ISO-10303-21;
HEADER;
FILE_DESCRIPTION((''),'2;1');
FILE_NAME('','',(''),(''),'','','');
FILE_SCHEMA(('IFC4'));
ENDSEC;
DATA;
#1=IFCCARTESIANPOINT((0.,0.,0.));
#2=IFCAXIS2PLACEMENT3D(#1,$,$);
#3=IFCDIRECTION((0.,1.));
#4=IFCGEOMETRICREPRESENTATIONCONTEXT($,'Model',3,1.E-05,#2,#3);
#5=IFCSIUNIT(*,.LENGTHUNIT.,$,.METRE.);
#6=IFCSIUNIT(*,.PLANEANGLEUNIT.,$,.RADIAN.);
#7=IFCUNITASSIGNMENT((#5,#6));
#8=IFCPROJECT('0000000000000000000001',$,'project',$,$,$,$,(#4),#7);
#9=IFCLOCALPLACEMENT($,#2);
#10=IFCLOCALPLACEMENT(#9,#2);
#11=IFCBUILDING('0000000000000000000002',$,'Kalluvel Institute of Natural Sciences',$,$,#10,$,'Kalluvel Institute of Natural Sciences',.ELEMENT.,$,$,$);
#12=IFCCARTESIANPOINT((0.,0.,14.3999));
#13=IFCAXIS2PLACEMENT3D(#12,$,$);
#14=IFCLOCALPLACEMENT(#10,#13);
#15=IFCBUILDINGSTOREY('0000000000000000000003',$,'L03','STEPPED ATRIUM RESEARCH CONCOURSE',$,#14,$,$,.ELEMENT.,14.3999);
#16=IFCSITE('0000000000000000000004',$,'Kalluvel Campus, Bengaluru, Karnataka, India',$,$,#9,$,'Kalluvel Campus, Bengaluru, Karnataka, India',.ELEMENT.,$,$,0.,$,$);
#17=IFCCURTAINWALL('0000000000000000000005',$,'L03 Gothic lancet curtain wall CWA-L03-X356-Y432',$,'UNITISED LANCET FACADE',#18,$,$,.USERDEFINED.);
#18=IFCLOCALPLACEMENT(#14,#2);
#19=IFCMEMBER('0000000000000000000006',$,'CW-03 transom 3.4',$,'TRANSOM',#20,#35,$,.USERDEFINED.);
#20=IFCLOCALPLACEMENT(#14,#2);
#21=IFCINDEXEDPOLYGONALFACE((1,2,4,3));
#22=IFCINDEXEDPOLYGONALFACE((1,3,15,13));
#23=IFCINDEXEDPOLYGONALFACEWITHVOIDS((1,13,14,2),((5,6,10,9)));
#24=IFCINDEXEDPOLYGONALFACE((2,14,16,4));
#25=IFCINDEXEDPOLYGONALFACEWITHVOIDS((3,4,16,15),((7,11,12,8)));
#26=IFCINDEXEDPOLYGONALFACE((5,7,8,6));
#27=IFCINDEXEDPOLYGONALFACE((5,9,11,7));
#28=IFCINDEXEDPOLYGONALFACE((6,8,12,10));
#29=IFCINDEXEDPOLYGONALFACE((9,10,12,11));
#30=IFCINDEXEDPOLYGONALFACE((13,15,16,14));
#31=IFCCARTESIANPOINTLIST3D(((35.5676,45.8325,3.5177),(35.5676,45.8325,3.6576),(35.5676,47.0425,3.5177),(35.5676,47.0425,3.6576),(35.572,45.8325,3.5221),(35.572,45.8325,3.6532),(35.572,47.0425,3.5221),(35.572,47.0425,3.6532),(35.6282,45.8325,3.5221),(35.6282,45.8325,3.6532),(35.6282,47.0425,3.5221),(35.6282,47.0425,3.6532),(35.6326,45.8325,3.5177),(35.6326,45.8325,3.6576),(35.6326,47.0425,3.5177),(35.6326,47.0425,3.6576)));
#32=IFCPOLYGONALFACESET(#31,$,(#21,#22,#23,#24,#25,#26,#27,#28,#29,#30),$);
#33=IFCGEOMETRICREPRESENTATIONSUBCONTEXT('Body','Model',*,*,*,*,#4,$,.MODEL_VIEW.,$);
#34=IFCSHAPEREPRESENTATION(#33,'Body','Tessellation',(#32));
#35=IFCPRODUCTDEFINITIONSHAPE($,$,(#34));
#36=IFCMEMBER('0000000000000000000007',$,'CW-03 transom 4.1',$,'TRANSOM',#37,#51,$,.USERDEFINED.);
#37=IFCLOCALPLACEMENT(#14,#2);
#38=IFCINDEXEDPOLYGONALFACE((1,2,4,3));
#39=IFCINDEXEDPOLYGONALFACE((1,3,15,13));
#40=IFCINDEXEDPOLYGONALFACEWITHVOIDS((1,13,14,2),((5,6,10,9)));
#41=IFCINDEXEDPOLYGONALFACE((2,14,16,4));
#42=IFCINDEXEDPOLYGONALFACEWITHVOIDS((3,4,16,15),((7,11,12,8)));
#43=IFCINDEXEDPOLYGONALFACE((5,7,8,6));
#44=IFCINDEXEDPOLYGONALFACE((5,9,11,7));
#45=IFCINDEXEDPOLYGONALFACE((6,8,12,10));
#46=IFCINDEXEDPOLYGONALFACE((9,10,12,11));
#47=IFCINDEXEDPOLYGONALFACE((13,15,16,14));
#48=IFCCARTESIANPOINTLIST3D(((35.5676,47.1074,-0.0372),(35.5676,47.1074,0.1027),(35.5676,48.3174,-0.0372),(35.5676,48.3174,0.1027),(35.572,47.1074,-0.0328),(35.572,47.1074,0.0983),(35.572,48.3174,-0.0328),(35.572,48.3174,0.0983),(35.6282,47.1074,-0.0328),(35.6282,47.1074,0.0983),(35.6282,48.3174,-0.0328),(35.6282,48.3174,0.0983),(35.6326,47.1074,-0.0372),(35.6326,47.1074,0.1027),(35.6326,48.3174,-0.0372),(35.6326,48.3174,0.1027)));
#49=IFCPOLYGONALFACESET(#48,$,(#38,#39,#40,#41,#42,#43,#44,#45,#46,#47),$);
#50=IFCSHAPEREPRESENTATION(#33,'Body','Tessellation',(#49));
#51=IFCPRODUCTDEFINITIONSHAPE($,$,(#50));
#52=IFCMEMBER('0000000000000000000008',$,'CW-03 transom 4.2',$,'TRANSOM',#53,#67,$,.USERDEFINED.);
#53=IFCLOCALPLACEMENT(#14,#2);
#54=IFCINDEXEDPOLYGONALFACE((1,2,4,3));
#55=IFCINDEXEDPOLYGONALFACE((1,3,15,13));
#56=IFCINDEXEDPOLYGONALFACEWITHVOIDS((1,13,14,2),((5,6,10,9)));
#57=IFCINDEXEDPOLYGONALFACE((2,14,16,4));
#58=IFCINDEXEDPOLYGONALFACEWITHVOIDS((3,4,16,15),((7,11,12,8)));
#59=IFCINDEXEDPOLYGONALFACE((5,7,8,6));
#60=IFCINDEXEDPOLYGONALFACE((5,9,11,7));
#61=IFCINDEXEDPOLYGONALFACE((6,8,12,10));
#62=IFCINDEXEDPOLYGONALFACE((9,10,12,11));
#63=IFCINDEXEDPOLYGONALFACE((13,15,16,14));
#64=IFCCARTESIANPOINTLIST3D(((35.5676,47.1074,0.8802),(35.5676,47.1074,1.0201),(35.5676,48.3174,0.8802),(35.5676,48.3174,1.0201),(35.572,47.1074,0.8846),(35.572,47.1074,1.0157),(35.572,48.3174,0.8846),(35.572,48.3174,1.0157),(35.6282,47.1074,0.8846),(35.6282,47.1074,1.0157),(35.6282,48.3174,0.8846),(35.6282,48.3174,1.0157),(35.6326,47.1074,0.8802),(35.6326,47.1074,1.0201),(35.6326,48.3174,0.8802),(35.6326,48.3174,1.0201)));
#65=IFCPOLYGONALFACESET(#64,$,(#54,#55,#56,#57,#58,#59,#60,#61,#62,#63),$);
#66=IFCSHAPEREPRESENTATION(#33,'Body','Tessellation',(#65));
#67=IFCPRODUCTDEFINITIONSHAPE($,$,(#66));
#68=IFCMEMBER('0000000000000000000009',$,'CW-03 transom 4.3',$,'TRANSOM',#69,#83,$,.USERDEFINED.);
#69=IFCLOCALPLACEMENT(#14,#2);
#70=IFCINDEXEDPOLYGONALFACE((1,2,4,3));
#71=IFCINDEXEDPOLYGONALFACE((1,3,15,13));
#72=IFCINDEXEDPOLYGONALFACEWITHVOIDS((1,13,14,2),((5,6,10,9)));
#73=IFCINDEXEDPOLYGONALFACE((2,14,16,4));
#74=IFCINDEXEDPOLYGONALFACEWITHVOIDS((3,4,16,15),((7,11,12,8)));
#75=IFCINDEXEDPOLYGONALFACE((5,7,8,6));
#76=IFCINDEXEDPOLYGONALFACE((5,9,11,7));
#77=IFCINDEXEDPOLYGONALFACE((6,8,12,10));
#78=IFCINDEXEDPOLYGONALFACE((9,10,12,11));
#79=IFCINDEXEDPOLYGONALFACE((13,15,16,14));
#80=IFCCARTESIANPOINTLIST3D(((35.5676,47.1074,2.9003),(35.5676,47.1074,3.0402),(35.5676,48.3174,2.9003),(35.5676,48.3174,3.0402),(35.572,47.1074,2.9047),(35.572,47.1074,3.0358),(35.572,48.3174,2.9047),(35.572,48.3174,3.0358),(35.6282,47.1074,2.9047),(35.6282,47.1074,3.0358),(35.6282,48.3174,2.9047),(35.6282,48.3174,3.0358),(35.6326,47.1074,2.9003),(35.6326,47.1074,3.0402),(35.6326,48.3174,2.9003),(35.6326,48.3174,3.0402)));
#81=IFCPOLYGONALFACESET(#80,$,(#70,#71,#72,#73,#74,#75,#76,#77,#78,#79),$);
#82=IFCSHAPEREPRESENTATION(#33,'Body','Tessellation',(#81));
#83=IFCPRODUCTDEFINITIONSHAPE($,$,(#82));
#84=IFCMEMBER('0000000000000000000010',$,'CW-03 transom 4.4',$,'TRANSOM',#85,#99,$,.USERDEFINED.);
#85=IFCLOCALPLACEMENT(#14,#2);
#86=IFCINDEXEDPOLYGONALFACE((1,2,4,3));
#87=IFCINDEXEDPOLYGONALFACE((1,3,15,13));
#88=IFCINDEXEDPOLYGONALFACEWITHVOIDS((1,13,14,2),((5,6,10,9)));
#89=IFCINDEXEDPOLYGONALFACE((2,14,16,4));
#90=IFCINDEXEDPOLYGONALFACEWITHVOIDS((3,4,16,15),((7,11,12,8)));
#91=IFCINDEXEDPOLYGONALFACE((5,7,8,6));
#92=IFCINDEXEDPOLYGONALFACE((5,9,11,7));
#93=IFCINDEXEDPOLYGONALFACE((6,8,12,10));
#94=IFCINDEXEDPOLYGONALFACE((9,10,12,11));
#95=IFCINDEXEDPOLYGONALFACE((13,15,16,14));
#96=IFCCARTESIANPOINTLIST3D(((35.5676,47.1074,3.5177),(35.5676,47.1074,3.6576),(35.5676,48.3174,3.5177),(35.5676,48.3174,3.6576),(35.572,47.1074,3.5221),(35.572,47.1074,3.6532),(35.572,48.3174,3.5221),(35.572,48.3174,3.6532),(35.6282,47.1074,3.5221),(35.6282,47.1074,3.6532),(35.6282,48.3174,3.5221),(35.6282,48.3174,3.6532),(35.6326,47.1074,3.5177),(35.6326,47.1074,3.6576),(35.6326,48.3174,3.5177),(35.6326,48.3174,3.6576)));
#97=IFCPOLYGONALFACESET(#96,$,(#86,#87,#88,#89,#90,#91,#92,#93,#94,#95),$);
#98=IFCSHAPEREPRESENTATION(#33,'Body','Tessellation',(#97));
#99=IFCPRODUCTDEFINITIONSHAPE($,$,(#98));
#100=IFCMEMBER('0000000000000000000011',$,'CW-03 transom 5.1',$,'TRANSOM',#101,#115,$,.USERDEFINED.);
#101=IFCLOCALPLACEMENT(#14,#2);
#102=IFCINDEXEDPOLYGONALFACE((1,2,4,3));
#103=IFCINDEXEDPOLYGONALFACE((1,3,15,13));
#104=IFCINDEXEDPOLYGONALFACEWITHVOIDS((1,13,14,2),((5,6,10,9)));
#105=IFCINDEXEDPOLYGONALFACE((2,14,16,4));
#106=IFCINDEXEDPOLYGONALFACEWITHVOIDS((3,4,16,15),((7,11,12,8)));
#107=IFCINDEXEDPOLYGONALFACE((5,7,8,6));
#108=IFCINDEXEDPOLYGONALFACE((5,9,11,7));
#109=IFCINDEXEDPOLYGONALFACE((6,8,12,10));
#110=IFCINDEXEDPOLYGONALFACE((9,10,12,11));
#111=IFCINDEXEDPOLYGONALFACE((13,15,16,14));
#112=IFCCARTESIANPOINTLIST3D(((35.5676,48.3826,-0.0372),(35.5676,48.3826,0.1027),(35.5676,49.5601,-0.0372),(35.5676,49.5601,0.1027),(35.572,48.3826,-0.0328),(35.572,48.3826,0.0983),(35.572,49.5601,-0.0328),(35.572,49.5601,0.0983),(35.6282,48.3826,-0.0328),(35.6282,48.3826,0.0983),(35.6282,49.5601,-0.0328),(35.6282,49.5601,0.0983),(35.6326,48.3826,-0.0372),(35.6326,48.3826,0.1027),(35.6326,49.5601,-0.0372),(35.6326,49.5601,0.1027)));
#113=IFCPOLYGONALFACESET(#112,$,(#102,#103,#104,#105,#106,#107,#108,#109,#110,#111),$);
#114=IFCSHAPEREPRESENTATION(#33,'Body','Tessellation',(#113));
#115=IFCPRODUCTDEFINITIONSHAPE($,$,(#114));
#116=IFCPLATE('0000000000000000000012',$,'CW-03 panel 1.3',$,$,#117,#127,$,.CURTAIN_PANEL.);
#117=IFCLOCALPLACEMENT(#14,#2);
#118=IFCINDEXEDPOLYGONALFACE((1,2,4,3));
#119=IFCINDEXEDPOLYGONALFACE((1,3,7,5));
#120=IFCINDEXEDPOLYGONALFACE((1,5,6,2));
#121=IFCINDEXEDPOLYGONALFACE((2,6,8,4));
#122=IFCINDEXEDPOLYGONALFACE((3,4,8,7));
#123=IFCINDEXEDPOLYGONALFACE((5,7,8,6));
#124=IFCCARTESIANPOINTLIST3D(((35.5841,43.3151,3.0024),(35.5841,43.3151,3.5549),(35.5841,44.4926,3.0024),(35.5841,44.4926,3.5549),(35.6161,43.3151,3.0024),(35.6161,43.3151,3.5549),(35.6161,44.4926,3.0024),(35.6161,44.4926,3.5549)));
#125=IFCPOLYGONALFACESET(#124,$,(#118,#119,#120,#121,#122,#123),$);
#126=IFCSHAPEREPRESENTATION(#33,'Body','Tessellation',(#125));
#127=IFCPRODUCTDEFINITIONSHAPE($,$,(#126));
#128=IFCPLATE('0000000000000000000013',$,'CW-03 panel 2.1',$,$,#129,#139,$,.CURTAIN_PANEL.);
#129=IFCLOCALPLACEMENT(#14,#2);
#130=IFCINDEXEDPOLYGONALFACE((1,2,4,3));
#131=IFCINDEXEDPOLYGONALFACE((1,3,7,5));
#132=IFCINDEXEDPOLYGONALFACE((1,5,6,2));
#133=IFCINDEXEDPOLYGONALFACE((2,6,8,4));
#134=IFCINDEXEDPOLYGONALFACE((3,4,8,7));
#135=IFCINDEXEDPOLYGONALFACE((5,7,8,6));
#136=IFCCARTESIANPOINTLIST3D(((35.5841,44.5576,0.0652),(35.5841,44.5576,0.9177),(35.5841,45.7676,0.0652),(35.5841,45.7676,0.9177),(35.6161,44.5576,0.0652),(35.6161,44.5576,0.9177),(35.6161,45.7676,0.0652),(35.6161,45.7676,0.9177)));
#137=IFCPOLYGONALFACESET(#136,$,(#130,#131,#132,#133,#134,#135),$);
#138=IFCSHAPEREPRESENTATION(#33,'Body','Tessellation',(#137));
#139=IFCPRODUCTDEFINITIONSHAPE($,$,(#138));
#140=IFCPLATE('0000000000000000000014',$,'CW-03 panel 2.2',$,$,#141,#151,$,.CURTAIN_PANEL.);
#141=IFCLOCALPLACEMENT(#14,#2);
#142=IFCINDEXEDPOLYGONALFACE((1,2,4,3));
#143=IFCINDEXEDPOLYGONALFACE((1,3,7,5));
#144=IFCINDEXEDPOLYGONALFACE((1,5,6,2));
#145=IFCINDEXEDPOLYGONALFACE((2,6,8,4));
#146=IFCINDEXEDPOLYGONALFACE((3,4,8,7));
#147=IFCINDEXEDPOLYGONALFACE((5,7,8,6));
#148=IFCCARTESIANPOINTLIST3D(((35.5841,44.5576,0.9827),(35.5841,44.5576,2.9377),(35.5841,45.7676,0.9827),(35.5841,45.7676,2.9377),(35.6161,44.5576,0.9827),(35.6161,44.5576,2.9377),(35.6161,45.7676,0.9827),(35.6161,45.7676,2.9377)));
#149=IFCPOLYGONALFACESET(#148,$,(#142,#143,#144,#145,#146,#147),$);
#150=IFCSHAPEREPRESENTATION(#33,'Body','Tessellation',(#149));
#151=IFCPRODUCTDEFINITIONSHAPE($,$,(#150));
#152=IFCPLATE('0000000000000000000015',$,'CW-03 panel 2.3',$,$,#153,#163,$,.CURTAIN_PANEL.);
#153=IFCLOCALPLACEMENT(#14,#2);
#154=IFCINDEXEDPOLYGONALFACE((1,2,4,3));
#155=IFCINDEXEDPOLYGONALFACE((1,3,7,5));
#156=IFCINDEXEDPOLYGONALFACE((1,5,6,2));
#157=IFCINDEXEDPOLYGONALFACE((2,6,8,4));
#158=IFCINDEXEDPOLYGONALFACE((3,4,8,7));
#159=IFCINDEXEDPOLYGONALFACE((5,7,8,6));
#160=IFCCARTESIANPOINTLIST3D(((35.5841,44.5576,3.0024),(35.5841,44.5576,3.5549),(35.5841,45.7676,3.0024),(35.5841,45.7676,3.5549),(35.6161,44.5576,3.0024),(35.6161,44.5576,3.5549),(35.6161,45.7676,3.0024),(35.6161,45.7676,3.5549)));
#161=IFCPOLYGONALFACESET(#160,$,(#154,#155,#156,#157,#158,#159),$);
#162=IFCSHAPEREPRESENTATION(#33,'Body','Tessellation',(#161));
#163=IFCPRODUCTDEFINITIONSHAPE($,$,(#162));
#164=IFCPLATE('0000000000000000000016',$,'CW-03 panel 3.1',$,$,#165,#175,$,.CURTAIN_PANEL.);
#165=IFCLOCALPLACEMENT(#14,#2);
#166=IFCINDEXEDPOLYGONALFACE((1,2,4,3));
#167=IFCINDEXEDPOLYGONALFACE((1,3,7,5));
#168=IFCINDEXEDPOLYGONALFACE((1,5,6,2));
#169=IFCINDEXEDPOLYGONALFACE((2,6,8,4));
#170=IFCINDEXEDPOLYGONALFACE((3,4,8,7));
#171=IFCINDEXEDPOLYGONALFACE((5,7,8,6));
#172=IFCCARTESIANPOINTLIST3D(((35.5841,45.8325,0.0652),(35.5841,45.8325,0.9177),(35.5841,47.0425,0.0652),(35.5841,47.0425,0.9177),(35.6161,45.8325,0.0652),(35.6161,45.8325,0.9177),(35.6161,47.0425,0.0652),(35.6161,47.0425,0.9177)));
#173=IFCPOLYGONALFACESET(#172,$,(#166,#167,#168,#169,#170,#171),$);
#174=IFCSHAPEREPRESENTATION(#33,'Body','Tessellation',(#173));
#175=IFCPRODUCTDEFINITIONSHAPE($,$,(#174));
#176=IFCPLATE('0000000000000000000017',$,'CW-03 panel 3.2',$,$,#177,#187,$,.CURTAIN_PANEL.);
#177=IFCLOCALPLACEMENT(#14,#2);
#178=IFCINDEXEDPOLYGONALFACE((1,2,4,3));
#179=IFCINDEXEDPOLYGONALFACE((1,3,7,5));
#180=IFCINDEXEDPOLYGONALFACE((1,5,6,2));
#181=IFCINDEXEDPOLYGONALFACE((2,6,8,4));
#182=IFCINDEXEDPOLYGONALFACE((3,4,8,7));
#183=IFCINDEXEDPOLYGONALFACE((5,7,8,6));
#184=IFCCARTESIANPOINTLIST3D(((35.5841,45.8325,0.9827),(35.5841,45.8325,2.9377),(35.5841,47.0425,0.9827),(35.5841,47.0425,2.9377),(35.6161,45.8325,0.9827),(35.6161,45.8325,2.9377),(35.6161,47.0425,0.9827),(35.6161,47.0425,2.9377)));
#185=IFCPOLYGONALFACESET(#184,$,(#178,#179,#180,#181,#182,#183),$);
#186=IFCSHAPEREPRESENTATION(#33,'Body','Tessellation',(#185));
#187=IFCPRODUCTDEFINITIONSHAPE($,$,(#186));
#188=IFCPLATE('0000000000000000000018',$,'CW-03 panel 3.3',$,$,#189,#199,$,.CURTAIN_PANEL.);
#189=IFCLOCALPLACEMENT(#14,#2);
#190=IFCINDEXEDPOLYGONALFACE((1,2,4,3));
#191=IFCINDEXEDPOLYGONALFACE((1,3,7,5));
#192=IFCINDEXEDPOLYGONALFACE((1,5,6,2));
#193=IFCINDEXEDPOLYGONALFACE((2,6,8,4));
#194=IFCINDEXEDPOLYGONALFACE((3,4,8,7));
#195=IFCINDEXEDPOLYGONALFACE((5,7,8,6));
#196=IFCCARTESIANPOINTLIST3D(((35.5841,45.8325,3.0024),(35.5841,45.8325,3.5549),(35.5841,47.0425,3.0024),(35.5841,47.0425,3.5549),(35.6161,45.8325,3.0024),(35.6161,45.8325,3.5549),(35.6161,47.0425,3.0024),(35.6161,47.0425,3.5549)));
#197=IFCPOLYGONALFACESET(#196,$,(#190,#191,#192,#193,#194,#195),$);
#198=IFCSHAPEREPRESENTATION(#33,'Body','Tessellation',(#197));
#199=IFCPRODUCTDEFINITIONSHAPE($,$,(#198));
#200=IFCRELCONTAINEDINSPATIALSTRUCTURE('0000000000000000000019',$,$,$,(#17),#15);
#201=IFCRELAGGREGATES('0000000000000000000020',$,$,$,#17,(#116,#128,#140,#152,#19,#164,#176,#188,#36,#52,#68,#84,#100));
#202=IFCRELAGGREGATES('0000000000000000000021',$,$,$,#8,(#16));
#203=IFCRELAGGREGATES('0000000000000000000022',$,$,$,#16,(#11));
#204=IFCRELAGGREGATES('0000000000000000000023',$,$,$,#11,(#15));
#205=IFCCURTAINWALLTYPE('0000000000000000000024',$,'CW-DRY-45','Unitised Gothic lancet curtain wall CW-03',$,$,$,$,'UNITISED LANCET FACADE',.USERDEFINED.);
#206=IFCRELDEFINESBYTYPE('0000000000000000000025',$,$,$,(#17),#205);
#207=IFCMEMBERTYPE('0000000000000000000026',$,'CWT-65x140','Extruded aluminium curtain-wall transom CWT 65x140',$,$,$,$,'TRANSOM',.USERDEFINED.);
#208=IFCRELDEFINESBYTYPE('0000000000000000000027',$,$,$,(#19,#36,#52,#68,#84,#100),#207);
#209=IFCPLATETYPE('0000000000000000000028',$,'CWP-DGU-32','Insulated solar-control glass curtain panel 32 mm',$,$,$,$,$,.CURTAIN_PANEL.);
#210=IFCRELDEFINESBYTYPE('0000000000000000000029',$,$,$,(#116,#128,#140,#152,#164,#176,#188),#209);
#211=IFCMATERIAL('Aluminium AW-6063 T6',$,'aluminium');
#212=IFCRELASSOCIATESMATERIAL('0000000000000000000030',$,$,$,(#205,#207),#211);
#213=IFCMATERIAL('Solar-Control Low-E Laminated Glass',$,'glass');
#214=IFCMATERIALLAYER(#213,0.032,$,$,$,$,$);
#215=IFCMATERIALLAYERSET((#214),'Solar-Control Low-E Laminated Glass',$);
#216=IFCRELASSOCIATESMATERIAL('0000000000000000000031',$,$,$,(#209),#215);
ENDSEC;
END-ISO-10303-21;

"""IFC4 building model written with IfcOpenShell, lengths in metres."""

from ifc_helpers import new_model, si_unit, direction, frame, origin, origin_2d, place, context, subcontext, project, spatial, rectangle, hollow_rectangle, extrude, material, layer, layer_set, material_profile, profile_set, type_object, element, aggregate, save


model = new_model("IFC4")

# Units and contexts
model_context = context("Model", 3, precision=1e-05, world=origin(), true_north=direction((0.0, 1.0)))
body_context = subcontext(model_context, "Body", "Model", "MODEL_VIEW")
ifc_project = project(units=[si_unit("LENGTHUNIT", "METRE"), si_unit("PLANEANGLEUNIT", "RADIAN")], contexts=[model_context])

# Site, building, storey
site_placement = place(None, origin())
site = spatial("IfcSite", under=ifc_project, at=site_placement, Name="Kalluvel Campus, Bengaluru, Karnataka, India", LongName="Kalluvel Campus, Bengaluru, Karnataka, India", CompositionType="ELEMENT", RefElevation=0.0)
building_placement = place(site_placement, origin())
building = spatial("IfcBuilding", under=site, at=building_placement, Name="Kalluvel Institute of Natural Sciences", LongName="Kalluvel Institute of Natural Sciences", CompositionType="ELEMENT")
storey_placement = place(building_placement, frame((0.0, 0.0, 14.3999)))
storey = spatial("IfcBuildingStorey", under=building, at=storey_placement, Name="L03", Description="STEPPED ATRIUM RESEARCH CONCOURSE", CompositionType="ELEMENT", Elevation=14.3999)

# Curtain wall, members, plates
ifc_material_1 = material(Name="Aluminium AW-6063 T6", Category="aluminium")
curtain_wall_type = type_object("IfcCurtainWallType", Name="CW-DRY-45", Description="Unitised Gothic lancet curtain wall CW-03", ElementType="UNITISED LANCET FACADE", PredefinedType="USERDEFINED", material=ifc_material_1)
curtain_wall_placement = place(storey_placement, origin())
curtain_wall = element("IfcCurtainWall", 1, at=curtain_wall_placement, inside=storey, type_object=curtain_wall_type, Name="L03 Gothic lancet curtain wall CWA-L03-X356-Y432", ObjectType="UNITISED LANCET FACADE", PredefinedType="USERDEFINED")
ifc_material_profile_1 = material_profile(ifc_material_1, hollow_rectangle(XDim=0.0649, YDim=0.1399, WallThickness=0.0044, at=origin_2d()), Name="CWT 65x140")
ifc_profile_set_1 = profile_set([ifc_material_profile_1], Name="Aluminium AW-6063 T6")
member_type_1 = type_object("IfcMemberType", Name="CWT-65x140", Description="Extruded aluminium curtain-wall transom CWT 65x140", ElementType="TRANSOM", PredefinedType="USERDEFINED", material=ifc_profile_set_1)
member_1_placement = place(storey_placement, frame((35.6001, 45.8325, 3.5876), z_axis=(0.0, 1.0, 0.0), x_axis=(-1.0, 0.0, 0.0)))
member_1 = element("IfcMember", 2, at=member_1_placement, type_object=member_type_1, Name="CW-03 transom 3.4", ObjectType="TRANSOM", PredefinedType="USERDEFINED", context=body_context, shape_type="SweptSolid", body=[
    extrude(hollow_rectangle(XDim=0.0649, YDim=0.1399, WallThickness=0.0044, at=origin_2d()), origin(), (0.0, 0.0, 1.0), 1.21),
])
member_2_placement = place(storey_placement, frame((35.6001, 47.1074, 0.0327), z_axis=(0.0, 1.0, 0.0), x_axis=(-1.0, 0.0, 0.0)))
member_2 = element("IfcMember", 3, at=member_2_placement, type_object=member_type_1, Name="CW-03 transom 4.1", ObjectType="TRANSOM", PredefinedType="USERDEFINED", context=body_context, shape_type="SweptSolid", body=[
    extrude(hollow_rectangle(XDim=0.0649, YDim=0.1399, WallThickness=0.0044, at=origin_2d()), origin(), (0.0, 0.0, 1.0), 1.21),
])
member_3_placement = place(storey_placement, frame((35.6001, 47.1074, 0.9502), z_axis=(0.0, 1.0, 0.0), x_axis=(-1.0, 0.0, 0.0)))
member_3 = element("IfcMember", 4, at=member_3_placement, type_object=member_type_1, Name="CW-03 transom 4.2", ObjectType="TRANSOM", PredefinedType="USERDEFINED", context=body_context, shape_type="SweptSolid", body=[
    extrude(hollow_rectangle(XDim=0.0649, YDim=0.1399, WallThickness=0.0044, at=origin_2d()), origin(), (0.0, 0.0, 1.0), 1.21),
])
member_4_placement = place(storey_placement, frame((35.6001, 47.1074, 2.9702), z_axis=(0.0, 1.0, 0.0), x_axis=(-1.0, 0.0, 0.0)))
member_4 = element("IfcMember", 5, at=member_4_placement, type_object=member_type_1, Name="CW-03 transom 4.3", ObjectType="TRANSOM", PredefinedType="USERDEFINED", context=body_context, shape_type="SweptSolid", body=[
    extrude(hollow_rectangle(XDim=0.0649, YDim=0.1399, WallThickness=0.0044, at=origin_2d()), origin(), (0.0, 0.0, 1.0), 1.21),
])
member_5_placement = place(storey_placement, frame((35.6001, 47.1074, 3.5876), z_axis=(0.0, 1.0, 0.0), x_axis=(-1.0, 0.0, 0.0)))
member_5 = element("IfcMember", 6, at=member_5_placement, type_object=member_type_1, Name="CW-03 transom 4.4", ObjectType="TRANSOM", PredefinedType="USERDEFINED", context=body_context, shape_type="SweptSolid", body=[
    extrude(hollow_rectangle(XDim=0.0649, YDim=0.1399, WallThickness=0.0044, at=origin_2d()), origin(), (0.0, 0.0, 1.0), 1.21),
])
member_6_placement = place(storey_placement, frame((35.6001, 48.3826, 0.0327), z_axis=(0.0, 1.0, 0.0), x_axis=(-1.0, 0.0, 0.0)))
member_6 = element("IfcMember", 7, at=member_6_placement, type_object=member_type_1, Name="CW-03 transom 5.1", ObjectType="TRANSOM", PredefinedType="USERDEFINED", context=body_context, shape_type="SweptSolid", body=[
    extrude(hollow_rectangle(XDim=0.0649, YDim=0.1399, WallThickness=0.0044, at=origin_2d()), origin(), (0.0, 0.0, 1.0), 1.1775),
])
ifc_material_2 = material(Name="Solar-Control Low-E Laminated Glass", Category="glass")
ifc_layer = layer(ifc_material_2, 0.032)
ifc_layer_set = layer_set([ifc_layer], Name="Solar-Control Low-E Laminated Glass")
plate_type = type_object("IfcPlateType", Name="CWP-DGU-32", Description="Insulated solar-control glass curtain panel 32 mm", PredefinedType="CURTAIN_PANEL", material=ifc_layer_set)
plate_1_placement = place(storey_placement, frame((35.6001, 43.9038, 3.0024), z_axis=(0.0, 0.0, 1.0), x_axis=(0.0, 1.0, 0.0)))
plate_1 = element("IfcPlate", 8, at=plate_1_placement, type_object=plate_type, Name="CW-03 panel 1.3", PredefinedType="CURTAIN_PANEL", context=body_context, shape_type="SweptSolid", body=[
    extrude(rectangle(XDim=1.1775, YDim=0.032, at=origin_2d()), origin(), (0.0, 0.0, 1.0), 0.5525),
])
plate_2_placement = place(storey_placement, frame((35.6001, 45.1626, 0.0652), z_axis=(0.0, 0.0, 1.0), x_axis=(0.0, 1.0, 0.0)))
plate_2 = element("IfcPlate", 9, at=plate_2_placement, type_object=plate_type, Name="CW-03 panel 2.1", PredefinedType="CURTAIN_PANEL", context=body_context, shape_type="SweptSolid", body=[
    extrude(rectangle(XDim=1.21, YDim=0.032, at=origin_2d()), origin(), (0.0, 0.0, 1.0), 0.8525),
])
plate_3_placement = place(storey_placement, frame((35.6001, 45.1626, 0.9827), z_axis=(0.0, 0.0, 1.0), x_axis=(0.0, 1.0, 0.0)))
plate_3 = element("IfcPlate", 10, at=plate_3_placement, type_object=plate_type, Name="CW-03 panel 2.2", PredefinedType="CURTAIN_PANEL", context=body_context, shape_type="SweptSolid", body=[
    extrude(rectangle(XDim=1.21, YDim=0.032, at=origin_2d()), origin(), (0.0, 0.0, 1.0), 1.9551),
])
plate_4_placement = place(storey_placement, frame((35.6001, 45.1626, 3.0024), z_axis=(0.0, 0.0, 1.0), x_axis=(0.0, 1.0, 0.0)))
plate_4 = element("IfcPlate", 11, at=plate_4_placement, type_object=plate_type, Name="CW-03 panel 2.3", PredefinedType="CURTAIN_PANEL", context=body_context, shape_type="SweptSolid", body=[
    extrude(rectangle(XDim=1.21, YDim=0.032, at=origin_2d()), origin(), (0.0, 0.0, 1.0), 0.5525),
])
plate_5_placement = place(storey_placement, frame((35.6001, 46.4375, 0.0652), z_axis=(0.0, 0.0, 1.0), x_axis=(0.0, 1.0, 0.0)))
plate_5 = element("IfcPlate", 12, at=plate_5_placement, type_object=plate_type, Name="CW-03 panel 3.1", PredefinedType="CURTAIN_PANEL", context=body_context, shape_type="SweptSolid", body=[
    extrude(rectangle(XDim=1.21, YDim=0.032, at=origin_2d()), origin(), (0.0, 0.0, 1.0), 0.8525),
])
plate_6_placement = place(storey_placement, frame((35.6001, 46.4375, 0.9827), z_axis=(0.0, 0.0, 1.0), x_axis=(0.0, 1.0, 0.0)))
plate_6 = element("IfcPlate", 13, at=plate_6_placement, type_object=plate_type, Name="CW-03 panel 3.2", PredefinedType="CURTAIN_PANEL", context=body_context, shape_type="SweptSolid", body=[
    extrude(rectangle(XDim=1.21, YDim=0.032, at=origin_2d()), origin(), (0.0, 0.0, 1.0), 1.9551),
])
plate_7_placement = place(storey_placement, frame((35.6001, 46.4375, 3.0024), z_axis=(0.0, 0.0, 1.0), x_axis=(0.0, 1.0, 0.0)))
plate_7 = element("IfcPlate", 14, at=plate_7_placement, type_object=plate_type, Name="CW-03 panel 3.3", PredefinedType="CURTAIN_PANEL", context=body_context, shape_type="SweptSolid", body=[
    extrude(rectangle(XDim=1.21, YDim=0.032, at=origin_2d()), origin(), (0.0, 0.0, 1.0), 0.5525),
])
aggregate(curtain_wall, [plate_1, plate_2, plate_3, plate_4, member_1, plate_5, plate_6, plate_7, member_2, member_3, member_4, member_5, member_6])

save(model, "model.ifc")
